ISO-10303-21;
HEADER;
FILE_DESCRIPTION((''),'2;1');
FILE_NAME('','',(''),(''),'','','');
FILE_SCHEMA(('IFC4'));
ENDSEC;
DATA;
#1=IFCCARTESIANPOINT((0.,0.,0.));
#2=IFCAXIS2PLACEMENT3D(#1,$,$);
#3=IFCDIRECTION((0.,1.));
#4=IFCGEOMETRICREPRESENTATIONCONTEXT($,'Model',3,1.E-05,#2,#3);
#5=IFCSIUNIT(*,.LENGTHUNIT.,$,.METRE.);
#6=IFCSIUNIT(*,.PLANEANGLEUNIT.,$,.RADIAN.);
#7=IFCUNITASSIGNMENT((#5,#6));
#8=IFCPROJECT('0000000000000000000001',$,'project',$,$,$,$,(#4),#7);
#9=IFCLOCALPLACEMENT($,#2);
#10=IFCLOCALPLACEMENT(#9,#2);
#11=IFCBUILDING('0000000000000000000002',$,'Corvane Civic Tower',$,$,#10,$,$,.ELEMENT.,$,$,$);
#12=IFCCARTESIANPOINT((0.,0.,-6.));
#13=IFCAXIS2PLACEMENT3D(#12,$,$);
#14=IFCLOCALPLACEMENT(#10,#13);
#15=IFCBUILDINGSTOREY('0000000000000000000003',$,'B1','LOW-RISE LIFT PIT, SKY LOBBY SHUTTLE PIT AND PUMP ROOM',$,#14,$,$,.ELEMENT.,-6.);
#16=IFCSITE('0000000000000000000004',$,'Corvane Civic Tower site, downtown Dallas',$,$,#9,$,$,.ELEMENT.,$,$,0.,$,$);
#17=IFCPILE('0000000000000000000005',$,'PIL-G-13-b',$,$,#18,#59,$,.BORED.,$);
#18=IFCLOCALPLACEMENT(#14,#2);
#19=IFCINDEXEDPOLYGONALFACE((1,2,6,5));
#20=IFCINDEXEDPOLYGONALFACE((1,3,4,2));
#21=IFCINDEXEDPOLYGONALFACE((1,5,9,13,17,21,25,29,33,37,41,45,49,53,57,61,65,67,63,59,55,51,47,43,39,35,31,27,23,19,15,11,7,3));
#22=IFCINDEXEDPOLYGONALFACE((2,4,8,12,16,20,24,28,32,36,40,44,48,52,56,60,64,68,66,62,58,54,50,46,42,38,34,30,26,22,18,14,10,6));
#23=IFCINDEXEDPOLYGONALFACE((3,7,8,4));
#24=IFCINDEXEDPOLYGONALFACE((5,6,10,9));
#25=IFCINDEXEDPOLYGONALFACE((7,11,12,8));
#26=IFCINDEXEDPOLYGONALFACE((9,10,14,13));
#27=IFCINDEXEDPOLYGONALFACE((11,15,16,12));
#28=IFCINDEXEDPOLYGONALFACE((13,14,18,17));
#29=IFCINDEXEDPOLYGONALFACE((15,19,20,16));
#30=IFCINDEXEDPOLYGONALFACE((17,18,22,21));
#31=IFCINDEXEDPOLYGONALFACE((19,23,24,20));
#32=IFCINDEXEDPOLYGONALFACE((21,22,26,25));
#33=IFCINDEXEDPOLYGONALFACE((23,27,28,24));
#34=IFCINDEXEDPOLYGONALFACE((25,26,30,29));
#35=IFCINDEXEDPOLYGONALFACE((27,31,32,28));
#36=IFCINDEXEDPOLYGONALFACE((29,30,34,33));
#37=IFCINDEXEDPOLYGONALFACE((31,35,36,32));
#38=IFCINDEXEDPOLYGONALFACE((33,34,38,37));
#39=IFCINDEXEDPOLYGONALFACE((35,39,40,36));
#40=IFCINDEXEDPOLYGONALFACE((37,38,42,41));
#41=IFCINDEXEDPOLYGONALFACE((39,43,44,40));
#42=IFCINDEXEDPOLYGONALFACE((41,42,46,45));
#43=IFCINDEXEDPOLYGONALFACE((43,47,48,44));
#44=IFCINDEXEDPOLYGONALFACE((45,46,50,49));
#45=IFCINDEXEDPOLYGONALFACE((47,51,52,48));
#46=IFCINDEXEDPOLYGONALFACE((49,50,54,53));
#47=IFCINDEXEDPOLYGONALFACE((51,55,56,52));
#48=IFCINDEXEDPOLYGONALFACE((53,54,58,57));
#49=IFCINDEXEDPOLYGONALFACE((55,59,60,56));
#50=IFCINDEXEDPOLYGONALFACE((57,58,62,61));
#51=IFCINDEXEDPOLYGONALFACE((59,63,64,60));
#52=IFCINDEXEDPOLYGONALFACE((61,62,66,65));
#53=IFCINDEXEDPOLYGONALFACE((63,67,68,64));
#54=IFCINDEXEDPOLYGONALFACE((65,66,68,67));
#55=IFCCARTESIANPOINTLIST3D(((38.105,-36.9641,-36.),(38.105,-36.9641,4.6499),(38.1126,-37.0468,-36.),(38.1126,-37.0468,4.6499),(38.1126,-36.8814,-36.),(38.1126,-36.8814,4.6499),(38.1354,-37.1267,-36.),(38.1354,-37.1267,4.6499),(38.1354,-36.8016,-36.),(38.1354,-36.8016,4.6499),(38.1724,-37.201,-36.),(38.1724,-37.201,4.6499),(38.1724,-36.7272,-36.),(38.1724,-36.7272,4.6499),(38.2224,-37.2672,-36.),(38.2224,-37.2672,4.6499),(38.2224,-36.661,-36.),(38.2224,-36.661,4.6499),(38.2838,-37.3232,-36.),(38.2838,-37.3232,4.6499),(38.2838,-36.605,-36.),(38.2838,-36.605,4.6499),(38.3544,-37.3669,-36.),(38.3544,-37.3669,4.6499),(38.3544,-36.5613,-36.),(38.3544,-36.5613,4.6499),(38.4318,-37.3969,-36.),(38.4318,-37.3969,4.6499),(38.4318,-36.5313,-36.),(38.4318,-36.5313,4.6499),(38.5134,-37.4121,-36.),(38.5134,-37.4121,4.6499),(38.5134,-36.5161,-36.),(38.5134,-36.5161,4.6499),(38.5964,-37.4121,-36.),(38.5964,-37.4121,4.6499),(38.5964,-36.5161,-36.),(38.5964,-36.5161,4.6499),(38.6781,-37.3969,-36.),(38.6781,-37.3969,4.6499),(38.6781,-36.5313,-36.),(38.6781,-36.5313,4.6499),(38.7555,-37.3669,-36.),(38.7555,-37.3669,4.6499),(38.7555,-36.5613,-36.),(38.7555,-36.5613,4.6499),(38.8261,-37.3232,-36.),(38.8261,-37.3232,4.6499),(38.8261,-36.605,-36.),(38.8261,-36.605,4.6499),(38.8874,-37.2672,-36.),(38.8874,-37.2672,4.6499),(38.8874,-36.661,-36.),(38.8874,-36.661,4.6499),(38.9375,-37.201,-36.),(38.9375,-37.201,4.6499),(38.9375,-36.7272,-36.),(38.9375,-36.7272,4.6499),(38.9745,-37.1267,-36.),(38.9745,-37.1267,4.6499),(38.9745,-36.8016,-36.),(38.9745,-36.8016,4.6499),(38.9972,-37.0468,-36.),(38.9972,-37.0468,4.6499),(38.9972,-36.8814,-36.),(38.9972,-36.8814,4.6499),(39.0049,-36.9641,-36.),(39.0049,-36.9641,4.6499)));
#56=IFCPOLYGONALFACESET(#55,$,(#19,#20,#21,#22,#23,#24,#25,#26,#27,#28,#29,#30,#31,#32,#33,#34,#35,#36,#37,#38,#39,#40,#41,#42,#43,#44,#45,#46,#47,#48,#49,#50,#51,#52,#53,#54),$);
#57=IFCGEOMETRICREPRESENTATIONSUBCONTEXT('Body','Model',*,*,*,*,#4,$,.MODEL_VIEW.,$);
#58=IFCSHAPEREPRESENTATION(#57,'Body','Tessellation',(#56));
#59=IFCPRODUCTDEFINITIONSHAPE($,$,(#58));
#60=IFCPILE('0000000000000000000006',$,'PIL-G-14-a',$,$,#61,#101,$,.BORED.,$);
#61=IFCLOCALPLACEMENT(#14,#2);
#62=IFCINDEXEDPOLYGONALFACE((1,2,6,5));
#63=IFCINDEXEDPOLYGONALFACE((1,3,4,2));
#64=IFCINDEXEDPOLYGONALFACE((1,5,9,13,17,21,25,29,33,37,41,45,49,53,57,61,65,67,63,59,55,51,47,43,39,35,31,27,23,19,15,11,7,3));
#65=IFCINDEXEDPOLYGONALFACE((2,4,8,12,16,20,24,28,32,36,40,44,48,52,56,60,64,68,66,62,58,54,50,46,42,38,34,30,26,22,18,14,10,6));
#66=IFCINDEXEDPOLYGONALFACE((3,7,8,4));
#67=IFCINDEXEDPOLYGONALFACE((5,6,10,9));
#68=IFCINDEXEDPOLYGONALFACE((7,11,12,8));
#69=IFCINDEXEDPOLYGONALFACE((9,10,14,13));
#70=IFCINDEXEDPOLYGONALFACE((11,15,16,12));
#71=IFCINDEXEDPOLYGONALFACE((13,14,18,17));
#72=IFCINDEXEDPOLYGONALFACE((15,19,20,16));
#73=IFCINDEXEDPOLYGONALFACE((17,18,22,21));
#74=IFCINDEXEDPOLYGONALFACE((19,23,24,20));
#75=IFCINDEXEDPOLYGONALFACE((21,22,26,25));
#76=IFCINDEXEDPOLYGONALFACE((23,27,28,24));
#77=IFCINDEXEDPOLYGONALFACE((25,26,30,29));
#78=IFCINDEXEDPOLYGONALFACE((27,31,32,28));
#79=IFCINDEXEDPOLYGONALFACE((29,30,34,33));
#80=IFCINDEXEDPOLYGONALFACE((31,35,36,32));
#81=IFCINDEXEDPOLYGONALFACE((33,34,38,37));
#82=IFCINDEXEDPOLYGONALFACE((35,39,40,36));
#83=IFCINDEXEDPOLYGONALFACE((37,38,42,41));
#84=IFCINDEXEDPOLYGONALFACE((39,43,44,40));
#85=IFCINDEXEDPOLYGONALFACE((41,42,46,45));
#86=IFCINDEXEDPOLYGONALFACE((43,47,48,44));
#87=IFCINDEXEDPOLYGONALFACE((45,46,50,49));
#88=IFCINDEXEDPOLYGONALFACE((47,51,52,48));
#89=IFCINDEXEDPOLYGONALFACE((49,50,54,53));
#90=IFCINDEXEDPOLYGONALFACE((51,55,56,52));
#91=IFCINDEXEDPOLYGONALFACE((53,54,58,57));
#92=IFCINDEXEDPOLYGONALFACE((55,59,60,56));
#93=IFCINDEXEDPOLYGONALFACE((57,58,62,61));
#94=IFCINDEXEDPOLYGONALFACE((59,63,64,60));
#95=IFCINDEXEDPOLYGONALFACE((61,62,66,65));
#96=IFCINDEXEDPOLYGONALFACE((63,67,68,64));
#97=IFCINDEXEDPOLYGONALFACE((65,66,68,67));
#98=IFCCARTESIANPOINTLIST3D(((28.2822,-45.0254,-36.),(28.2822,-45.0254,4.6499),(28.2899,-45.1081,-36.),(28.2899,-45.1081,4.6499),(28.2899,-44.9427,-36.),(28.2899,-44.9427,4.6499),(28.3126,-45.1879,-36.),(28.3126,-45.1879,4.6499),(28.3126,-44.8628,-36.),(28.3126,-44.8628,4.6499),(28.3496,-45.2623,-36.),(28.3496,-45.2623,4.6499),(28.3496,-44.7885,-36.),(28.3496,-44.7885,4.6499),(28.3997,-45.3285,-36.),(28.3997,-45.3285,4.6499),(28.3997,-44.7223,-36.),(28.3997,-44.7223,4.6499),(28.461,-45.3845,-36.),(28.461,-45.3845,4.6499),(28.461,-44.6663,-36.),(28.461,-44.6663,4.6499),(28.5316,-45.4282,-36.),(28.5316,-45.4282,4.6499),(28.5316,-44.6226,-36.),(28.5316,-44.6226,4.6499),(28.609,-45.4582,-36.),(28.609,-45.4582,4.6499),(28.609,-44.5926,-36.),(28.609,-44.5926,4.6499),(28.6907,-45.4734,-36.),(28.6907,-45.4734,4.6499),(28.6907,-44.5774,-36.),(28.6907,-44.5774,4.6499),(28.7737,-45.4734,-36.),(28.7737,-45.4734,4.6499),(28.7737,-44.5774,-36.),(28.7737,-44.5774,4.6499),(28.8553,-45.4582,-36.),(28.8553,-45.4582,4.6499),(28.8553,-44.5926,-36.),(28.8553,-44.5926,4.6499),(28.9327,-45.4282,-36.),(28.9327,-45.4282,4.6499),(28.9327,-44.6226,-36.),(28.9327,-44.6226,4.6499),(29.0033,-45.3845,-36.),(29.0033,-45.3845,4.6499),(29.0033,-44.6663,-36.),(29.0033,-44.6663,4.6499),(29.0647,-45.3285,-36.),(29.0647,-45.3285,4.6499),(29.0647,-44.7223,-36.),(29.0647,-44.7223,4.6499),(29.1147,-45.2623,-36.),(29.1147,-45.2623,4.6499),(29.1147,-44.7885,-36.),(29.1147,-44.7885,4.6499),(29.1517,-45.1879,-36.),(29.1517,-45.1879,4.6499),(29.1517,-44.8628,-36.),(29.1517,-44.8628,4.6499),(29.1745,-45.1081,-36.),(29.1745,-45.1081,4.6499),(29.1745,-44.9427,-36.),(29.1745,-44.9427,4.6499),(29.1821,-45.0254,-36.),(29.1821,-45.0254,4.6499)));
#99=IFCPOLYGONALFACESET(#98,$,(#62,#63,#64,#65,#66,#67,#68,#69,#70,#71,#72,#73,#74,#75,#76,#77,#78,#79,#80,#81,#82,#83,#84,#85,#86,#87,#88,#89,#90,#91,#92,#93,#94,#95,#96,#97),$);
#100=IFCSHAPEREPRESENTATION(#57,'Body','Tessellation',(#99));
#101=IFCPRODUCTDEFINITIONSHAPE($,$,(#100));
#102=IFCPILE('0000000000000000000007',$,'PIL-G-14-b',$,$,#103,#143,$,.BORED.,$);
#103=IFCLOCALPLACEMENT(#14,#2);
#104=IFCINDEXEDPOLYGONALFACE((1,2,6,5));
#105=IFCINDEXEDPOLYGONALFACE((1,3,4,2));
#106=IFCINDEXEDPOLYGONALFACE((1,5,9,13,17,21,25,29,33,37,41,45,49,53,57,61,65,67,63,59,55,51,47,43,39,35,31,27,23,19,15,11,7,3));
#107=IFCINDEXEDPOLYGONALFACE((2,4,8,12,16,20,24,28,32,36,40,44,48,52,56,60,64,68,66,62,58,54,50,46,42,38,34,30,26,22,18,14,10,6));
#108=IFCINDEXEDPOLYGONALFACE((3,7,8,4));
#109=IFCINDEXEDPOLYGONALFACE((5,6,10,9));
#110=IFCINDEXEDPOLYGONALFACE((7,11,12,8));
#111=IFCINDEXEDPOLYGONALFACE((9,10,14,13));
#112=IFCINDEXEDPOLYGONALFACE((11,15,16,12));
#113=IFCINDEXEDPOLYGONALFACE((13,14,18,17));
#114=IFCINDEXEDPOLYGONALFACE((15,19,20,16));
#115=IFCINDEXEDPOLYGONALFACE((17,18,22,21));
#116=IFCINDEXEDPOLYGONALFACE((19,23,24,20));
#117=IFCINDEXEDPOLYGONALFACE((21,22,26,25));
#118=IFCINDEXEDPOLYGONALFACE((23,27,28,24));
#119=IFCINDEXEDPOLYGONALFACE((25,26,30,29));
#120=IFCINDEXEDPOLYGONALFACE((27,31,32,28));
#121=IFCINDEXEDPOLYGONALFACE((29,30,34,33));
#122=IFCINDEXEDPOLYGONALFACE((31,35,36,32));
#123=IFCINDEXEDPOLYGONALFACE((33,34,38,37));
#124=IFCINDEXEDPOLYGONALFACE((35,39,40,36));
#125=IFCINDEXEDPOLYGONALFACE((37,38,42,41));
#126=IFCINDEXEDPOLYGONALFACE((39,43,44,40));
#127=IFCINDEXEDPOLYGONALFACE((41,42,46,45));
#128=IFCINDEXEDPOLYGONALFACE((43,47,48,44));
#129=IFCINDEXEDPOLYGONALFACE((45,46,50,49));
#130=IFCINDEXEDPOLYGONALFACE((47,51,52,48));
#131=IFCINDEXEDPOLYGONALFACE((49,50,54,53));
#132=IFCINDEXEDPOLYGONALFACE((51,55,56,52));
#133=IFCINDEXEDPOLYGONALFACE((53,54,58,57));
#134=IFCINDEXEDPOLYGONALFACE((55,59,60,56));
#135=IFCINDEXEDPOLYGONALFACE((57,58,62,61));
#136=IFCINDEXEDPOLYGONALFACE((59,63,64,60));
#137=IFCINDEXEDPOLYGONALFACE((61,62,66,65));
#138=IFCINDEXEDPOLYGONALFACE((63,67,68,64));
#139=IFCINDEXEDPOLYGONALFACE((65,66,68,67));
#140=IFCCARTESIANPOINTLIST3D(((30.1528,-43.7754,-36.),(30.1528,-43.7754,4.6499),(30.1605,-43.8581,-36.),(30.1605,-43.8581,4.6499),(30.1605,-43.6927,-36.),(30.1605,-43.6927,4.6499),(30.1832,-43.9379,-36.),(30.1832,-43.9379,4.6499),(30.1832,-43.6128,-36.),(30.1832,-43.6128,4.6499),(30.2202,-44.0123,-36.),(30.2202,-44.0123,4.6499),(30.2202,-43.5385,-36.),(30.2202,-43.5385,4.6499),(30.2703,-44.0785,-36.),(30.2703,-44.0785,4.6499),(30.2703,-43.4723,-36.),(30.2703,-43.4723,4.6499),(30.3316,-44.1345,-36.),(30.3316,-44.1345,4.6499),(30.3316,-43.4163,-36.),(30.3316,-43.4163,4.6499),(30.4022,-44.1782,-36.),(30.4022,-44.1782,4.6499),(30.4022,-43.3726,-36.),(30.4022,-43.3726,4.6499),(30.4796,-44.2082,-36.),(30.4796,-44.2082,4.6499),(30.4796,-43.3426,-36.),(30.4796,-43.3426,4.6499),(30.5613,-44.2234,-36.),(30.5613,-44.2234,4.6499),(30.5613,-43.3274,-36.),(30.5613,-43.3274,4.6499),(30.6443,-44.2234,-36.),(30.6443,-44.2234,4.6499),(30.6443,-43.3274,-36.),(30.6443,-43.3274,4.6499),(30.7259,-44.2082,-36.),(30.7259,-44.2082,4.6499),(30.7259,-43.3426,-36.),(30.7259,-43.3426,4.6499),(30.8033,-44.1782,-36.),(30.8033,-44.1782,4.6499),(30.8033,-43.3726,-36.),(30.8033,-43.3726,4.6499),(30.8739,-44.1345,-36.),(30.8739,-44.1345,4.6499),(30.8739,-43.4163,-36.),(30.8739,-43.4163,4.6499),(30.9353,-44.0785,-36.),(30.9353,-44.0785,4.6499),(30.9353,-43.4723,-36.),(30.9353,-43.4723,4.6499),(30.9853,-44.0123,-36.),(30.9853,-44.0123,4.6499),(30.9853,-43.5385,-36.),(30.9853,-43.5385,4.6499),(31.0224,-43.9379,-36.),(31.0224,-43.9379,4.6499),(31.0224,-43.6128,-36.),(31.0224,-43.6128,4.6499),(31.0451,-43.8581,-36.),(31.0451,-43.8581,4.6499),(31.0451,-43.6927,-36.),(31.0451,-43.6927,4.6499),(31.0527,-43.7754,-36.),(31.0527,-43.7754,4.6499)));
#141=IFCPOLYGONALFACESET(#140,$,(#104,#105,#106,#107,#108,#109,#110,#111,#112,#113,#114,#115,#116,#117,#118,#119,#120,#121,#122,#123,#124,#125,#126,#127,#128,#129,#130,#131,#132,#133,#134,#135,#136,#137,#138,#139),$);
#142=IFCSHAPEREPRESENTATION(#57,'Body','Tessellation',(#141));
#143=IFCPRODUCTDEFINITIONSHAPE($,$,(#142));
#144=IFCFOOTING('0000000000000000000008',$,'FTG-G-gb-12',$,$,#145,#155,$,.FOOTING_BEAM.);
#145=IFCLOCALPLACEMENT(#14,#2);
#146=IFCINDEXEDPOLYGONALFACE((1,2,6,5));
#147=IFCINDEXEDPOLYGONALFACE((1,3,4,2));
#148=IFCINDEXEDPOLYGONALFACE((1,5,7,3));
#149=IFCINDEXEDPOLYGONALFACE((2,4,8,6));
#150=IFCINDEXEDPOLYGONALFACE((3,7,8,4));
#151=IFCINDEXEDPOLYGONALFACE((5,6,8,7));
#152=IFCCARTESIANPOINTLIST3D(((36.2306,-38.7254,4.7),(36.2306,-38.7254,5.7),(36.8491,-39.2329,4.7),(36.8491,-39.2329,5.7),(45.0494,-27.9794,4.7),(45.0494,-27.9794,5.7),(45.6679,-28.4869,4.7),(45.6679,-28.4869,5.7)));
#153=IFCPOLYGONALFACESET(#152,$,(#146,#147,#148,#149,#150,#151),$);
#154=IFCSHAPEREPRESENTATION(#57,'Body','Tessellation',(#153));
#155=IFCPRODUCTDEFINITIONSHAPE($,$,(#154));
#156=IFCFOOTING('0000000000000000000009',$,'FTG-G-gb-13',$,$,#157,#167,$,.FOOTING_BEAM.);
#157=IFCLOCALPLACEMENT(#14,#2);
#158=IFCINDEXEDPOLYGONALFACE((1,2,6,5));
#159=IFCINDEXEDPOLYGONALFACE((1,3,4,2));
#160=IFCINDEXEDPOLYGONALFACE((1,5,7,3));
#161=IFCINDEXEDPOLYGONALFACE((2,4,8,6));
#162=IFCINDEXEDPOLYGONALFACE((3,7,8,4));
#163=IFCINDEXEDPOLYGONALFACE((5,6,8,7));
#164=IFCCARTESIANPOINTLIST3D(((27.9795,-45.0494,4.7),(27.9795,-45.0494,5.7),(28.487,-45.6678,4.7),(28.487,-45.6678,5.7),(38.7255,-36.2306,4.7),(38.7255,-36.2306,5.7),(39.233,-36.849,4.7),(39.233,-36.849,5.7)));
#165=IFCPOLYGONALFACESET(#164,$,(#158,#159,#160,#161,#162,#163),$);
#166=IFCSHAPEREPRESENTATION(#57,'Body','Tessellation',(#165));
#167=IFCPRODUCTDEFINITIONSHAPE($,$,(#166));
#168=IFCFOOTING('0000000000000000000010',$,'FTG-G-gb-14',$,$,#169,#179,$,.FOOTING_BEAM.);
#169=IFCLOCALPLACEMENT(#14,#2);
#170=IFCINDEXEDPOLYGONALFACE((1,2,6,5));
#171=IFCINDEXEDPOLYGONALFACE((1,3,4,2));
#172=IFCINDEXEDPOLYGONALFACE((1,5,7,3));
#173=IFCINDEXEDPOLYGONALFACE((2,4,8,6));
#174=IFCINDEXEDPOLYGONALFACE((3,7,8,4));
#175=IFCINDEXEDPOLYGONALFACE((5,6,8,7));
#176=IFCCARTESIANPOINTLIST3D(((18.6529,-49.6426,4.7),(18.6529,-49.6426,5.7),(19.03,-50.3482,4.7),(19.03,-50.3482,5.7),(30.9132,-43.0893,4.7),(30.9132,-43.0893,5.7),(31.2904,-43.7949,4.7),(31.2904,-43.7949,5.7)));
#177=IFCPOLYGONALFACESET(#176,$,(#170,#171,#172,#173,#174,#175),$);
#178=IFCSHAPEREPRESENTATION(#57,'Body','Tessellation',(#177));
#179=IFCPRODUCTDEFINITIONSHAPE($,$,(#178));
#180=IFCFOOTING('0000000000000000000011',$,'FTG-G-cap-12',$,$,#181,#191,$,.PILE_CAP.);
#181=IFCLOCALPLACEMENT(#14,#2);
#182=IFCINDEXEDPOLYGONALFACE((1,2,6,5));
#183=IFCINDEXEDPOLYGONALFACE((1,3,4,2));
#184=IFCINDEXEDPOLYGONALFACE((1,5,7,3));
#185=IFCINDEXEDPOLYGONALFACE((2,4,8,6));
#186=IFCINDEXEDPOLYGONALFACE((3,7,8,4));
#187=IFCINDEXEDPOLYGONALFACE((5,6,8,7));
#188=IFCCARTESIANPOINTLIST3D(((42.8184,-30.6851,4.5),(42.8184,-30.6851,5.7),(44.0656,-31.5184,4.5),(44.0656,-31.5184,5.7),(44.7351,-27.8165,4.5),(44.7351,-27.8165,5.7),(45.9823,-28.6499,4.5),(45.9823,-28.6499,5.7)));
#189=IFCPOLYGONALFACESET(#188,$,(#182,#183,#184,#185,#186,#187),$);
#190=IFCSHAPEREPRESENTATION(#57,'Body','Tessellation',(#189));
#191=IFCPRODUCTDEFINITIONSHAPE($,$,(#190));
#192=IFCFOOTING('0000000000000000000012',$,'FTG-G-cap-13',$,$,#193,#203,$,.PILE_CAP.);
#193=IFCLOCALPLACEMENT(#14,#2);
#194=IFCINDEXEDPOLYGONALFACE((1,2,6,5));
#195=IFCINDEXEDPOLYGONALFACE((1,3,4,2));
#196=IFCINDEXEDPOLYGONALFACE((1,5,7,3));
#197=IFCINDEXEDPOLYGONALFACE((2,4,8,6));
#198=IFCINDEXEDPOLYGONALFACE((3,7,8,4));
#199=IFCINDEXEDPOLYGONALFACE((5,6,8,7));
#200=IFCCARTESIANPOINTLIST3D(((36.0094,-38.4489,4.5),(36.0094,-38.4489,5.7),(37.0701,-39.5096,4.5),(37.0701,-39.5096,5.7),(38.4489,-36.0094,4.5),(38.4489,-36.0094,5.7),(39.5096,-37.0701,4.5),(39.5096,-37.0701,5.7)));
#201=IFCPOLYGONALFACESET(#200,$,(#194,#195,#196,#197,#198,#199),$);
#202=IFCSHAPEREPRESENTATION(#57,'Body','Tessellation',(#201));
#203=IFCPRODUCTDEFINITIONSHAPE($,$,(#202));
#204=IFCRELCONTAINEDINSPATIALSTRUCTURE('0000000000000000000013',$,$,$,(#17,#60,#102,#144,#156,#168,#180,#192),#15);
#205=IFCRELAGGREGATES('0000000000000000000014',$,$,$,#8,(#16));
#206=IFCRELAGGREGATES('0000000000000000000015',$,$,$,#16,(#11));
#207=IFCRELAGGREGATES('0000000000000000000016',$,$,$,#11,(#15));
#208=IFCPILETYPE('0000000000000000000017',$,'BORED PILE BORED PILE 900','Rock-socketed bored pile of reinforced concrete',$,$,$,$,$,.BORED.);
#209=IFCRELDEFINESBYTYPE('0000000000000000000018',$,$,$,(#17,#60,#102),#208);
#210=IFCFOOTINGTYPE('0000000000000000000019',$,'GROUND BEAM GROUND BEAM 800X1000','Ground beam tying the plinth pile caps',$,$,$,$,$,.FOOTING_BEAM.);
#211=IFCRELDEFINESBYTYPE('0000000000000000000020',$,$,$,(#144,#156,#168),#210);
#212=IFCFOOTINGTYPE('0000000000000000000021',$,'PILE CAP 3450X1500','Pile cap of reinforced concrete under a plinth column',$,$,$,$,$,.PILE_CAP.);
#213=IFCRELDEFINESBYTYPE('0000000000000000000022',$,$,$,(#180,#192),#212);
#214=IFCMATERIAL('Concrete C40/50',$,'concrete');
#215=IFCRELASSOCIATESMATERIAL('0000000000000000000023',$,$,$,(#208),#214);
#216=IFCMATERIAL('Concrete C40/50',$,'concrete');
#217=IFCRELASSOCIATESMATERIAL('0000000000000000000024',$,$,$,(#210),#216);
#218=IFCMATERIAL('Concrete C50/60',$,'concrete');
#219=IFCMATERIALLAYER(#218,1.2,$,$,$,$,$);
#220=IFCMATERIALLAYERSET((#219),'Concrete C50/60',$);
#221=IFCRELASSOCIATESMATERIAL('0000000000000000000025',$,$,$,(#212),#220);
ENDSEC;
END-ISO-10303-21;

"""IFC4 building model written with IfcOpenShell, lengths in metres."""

from ifc_helpers import new_model, si_unit, direction, frame, origin, origin_2d, place, context, subcontext, project, spatial, rectangle, circle, extrude, material, layer, layer_set, material_profile, profile_set, type_object, element, save


model = new_model("IFC4")

# Units and contexts
model_context = context("Model", 3, precision=1e-05, world=origin(), true_north=direction((0.0, 1.0)))
body_context = subcontext(model_context, "Body", "Model", "MODEL_VIEW")
ifc_project = project(units=[si_unit("LENGTHUNIT", "METRE"), si_unit("PLANEANGLEUNIT", "RADIAN")], contexts=[model_context])

# Site, building, storey
site_placement = place(None, origin())
site = spatial("IfcSite", under=ifc_project, at=site_placement, Name="Corvane Civic Tower site, downtown Dallas", CompositionType="ELEMENT", RefElevation=0.0)
building_placement = place(site_placement, origin())
building = spatial("IfcBuilding", under=site, at=building_placement, Name="Corvane Civic Tower", CompositionType="ELEMENT")
storey_placement = place(building_placement, frame((0.0, 0.0, -6.0)))
storey = spatial("IfcBuildingStorey", under=building, at=storey_placement, Name="B1", Description="LOW-RISE LIFT PIT, SKY LOBBY SHUTTLE PIT AND PUMP ROOM", CompositionType="ELEMENT", Elevation=-6.0)

# Piles
ifc_material_1 = material(Name="Concrete C40/50", Category="concrete")
ifc_material_profile_1 = material_profile(ifc_material_1, circle(Radius=0.45, at=origin_2d()), Name="BORED PILE 900")
ifc_profile_set_1 = profile_set([ifc_material_profile_1], Name="Concrete C40/50")
pile_type_1 = type_object("IfcPileType", Name="BORED PILE BORED PILE 900", Description="Rock-socketed bored pile of reinforced concrete", PredefinedType="BORED", material=ifc_profile_set_1)
for number, where, z_axis, x_axis, name in (
    (1, (38.5549, -36.9641, 4.6499), (0.0, 0.0, -1.0), (1.0, 0.0, 0.0), "PIL-G-13-b"),
    (2, (28.7322, -45.0254, 4.6499), (0.0, 0.0, -1.0), (1.0, 0.0, 0.0), "PIL-G-14-a"),
    (3, (30.6028, -43.7754, 4.6499), (0.0, 0.0, -1.0), (1.0, 0.0, 0.0), "PIL-G-14-b"),
):
    element("IfcPile", number, at=place(storey_placement, frame(where, z_axis=z_axis, x_axis=x_axis)), inside=storey, type_object=pile_type_1, Name=name, PredefinedType="BORED", context=body_context, shape_type="SweptSolid", body=[
        extrude(circle(Radius=0.45, at=origin_2d()), origin(), (0.0, 0.0, 1.0), 40.6499),
    ])

# Footings
ifc_material_2 = material(Name="Concrete C40/50", Category="concrete")
ifc_material_profile_2 = material_profile(ifc_material_2, rectangle(XDim=0.8, YDim=1.0, at=origin_2d()), Name="GROUND BEAM 800X1000")
ifc_profile_set_2 = profile_set([ifc_material_profile_2], Name="Concrete C40/50")
footing_type_1 = type_object("IfcFootingType", Name="GROUND BEAM GROUND BEAM 800X1000", Description="Ground beam tying the plinth pile caps", PredefinedType="FOOTING_BEAM", material=ifc_profile_set_2)
for number, where, z_axis, x_axis, name in (
    (4, (45.3586, -28.2332, 5.2), (-0.634383, -0.773019, 0.0), (0.773019, -0.634383, 0.0), "FTG-G-gb-12"),
    (5, (38.9792, -36.5398, 5.2), (-0.773019, -0.634383, 0.0), (0.634383, -0.773019, 0.0), "FTG-G-gb-13"),
):
    element("IfcFooting", number, at=place(storey_placement, frame(where, z_axis=z_axis, x_axis=x_axis)), inside=storey, type_object=footing_type_1, Name=name, PredefinedType="FOOTING_BEAM", context=body_context, shape_type="SweptSolid", body=[
        extrude(rectangle(XDim=0.8, YDim=1.0, at=origin_2d()), origin(), (0.0, 0.0, 1.0), 13.9014),
    ])
footing_placement = place(storey_placement, frame((31.1018, -43.4421, 5.2), z_axis=(-0.881922, -0.471396, 0.0), x_axis=(0.471396, -0.881922, 0.0)))
element("IfcFooting", 6, at=footing_placement, inside=storey, type_object=footing_type_1, Name="FTG-G-gb-14", PredefinedType="FOOTING_BEAM", context=body_context, shape_type="SweptSolid", body=[
    extrude(rectangle(XDim=0.8, YDim=1.0, at=origin_2d()), origin(), (0.0, 0.0, 1.0), 13.9019),
])
ifc_material_3 = material(Name="Concrete C50/60", Category="concrete")
ifc_layer = layer(ifc_material_3, 1.2)
ifc_layer_set = layer_set([ifc_layer], Name="Concrete C50/60")
footing_type_2 = type_object("IfcFootingType", Name="PILE CAP 3450X1500", Description="Pile cap of reinforced concrete under a plinth column", PredefinedType="PILE_CAP", material=ifc_layer_set)
for number, where, z_axis, x_axis, name in (
    (7, (44.4004, -29.6675, 4.5), (0.0, 0.0, 1.0), (0.55557, 0.83147, 0.0), "FTG-G-cap-12"),
    (8, (37.7595, -37.7595, 4.5), (0.0, 0.0, 1.0), (0.707107, 0.707107, 0.0), "FTG-G-cap-13"),
):
    element("IfcFooting", number, at=place(storey_placement, frame(where, z_axis=z_axis, x_axis=x_axis)), inside=storey, type_object=footing_type_2, Name=name, PredefinedType="PILE_CAP", context=body_context, shape_type="SweptSolid", body=[
        extrude(rectangle(XDim=3.45, YDim=1.5, at=origin_2d()), origin(), (0.0, 0.0, 1.0), 1.2),
    ])

save(model, "model.ifc")
